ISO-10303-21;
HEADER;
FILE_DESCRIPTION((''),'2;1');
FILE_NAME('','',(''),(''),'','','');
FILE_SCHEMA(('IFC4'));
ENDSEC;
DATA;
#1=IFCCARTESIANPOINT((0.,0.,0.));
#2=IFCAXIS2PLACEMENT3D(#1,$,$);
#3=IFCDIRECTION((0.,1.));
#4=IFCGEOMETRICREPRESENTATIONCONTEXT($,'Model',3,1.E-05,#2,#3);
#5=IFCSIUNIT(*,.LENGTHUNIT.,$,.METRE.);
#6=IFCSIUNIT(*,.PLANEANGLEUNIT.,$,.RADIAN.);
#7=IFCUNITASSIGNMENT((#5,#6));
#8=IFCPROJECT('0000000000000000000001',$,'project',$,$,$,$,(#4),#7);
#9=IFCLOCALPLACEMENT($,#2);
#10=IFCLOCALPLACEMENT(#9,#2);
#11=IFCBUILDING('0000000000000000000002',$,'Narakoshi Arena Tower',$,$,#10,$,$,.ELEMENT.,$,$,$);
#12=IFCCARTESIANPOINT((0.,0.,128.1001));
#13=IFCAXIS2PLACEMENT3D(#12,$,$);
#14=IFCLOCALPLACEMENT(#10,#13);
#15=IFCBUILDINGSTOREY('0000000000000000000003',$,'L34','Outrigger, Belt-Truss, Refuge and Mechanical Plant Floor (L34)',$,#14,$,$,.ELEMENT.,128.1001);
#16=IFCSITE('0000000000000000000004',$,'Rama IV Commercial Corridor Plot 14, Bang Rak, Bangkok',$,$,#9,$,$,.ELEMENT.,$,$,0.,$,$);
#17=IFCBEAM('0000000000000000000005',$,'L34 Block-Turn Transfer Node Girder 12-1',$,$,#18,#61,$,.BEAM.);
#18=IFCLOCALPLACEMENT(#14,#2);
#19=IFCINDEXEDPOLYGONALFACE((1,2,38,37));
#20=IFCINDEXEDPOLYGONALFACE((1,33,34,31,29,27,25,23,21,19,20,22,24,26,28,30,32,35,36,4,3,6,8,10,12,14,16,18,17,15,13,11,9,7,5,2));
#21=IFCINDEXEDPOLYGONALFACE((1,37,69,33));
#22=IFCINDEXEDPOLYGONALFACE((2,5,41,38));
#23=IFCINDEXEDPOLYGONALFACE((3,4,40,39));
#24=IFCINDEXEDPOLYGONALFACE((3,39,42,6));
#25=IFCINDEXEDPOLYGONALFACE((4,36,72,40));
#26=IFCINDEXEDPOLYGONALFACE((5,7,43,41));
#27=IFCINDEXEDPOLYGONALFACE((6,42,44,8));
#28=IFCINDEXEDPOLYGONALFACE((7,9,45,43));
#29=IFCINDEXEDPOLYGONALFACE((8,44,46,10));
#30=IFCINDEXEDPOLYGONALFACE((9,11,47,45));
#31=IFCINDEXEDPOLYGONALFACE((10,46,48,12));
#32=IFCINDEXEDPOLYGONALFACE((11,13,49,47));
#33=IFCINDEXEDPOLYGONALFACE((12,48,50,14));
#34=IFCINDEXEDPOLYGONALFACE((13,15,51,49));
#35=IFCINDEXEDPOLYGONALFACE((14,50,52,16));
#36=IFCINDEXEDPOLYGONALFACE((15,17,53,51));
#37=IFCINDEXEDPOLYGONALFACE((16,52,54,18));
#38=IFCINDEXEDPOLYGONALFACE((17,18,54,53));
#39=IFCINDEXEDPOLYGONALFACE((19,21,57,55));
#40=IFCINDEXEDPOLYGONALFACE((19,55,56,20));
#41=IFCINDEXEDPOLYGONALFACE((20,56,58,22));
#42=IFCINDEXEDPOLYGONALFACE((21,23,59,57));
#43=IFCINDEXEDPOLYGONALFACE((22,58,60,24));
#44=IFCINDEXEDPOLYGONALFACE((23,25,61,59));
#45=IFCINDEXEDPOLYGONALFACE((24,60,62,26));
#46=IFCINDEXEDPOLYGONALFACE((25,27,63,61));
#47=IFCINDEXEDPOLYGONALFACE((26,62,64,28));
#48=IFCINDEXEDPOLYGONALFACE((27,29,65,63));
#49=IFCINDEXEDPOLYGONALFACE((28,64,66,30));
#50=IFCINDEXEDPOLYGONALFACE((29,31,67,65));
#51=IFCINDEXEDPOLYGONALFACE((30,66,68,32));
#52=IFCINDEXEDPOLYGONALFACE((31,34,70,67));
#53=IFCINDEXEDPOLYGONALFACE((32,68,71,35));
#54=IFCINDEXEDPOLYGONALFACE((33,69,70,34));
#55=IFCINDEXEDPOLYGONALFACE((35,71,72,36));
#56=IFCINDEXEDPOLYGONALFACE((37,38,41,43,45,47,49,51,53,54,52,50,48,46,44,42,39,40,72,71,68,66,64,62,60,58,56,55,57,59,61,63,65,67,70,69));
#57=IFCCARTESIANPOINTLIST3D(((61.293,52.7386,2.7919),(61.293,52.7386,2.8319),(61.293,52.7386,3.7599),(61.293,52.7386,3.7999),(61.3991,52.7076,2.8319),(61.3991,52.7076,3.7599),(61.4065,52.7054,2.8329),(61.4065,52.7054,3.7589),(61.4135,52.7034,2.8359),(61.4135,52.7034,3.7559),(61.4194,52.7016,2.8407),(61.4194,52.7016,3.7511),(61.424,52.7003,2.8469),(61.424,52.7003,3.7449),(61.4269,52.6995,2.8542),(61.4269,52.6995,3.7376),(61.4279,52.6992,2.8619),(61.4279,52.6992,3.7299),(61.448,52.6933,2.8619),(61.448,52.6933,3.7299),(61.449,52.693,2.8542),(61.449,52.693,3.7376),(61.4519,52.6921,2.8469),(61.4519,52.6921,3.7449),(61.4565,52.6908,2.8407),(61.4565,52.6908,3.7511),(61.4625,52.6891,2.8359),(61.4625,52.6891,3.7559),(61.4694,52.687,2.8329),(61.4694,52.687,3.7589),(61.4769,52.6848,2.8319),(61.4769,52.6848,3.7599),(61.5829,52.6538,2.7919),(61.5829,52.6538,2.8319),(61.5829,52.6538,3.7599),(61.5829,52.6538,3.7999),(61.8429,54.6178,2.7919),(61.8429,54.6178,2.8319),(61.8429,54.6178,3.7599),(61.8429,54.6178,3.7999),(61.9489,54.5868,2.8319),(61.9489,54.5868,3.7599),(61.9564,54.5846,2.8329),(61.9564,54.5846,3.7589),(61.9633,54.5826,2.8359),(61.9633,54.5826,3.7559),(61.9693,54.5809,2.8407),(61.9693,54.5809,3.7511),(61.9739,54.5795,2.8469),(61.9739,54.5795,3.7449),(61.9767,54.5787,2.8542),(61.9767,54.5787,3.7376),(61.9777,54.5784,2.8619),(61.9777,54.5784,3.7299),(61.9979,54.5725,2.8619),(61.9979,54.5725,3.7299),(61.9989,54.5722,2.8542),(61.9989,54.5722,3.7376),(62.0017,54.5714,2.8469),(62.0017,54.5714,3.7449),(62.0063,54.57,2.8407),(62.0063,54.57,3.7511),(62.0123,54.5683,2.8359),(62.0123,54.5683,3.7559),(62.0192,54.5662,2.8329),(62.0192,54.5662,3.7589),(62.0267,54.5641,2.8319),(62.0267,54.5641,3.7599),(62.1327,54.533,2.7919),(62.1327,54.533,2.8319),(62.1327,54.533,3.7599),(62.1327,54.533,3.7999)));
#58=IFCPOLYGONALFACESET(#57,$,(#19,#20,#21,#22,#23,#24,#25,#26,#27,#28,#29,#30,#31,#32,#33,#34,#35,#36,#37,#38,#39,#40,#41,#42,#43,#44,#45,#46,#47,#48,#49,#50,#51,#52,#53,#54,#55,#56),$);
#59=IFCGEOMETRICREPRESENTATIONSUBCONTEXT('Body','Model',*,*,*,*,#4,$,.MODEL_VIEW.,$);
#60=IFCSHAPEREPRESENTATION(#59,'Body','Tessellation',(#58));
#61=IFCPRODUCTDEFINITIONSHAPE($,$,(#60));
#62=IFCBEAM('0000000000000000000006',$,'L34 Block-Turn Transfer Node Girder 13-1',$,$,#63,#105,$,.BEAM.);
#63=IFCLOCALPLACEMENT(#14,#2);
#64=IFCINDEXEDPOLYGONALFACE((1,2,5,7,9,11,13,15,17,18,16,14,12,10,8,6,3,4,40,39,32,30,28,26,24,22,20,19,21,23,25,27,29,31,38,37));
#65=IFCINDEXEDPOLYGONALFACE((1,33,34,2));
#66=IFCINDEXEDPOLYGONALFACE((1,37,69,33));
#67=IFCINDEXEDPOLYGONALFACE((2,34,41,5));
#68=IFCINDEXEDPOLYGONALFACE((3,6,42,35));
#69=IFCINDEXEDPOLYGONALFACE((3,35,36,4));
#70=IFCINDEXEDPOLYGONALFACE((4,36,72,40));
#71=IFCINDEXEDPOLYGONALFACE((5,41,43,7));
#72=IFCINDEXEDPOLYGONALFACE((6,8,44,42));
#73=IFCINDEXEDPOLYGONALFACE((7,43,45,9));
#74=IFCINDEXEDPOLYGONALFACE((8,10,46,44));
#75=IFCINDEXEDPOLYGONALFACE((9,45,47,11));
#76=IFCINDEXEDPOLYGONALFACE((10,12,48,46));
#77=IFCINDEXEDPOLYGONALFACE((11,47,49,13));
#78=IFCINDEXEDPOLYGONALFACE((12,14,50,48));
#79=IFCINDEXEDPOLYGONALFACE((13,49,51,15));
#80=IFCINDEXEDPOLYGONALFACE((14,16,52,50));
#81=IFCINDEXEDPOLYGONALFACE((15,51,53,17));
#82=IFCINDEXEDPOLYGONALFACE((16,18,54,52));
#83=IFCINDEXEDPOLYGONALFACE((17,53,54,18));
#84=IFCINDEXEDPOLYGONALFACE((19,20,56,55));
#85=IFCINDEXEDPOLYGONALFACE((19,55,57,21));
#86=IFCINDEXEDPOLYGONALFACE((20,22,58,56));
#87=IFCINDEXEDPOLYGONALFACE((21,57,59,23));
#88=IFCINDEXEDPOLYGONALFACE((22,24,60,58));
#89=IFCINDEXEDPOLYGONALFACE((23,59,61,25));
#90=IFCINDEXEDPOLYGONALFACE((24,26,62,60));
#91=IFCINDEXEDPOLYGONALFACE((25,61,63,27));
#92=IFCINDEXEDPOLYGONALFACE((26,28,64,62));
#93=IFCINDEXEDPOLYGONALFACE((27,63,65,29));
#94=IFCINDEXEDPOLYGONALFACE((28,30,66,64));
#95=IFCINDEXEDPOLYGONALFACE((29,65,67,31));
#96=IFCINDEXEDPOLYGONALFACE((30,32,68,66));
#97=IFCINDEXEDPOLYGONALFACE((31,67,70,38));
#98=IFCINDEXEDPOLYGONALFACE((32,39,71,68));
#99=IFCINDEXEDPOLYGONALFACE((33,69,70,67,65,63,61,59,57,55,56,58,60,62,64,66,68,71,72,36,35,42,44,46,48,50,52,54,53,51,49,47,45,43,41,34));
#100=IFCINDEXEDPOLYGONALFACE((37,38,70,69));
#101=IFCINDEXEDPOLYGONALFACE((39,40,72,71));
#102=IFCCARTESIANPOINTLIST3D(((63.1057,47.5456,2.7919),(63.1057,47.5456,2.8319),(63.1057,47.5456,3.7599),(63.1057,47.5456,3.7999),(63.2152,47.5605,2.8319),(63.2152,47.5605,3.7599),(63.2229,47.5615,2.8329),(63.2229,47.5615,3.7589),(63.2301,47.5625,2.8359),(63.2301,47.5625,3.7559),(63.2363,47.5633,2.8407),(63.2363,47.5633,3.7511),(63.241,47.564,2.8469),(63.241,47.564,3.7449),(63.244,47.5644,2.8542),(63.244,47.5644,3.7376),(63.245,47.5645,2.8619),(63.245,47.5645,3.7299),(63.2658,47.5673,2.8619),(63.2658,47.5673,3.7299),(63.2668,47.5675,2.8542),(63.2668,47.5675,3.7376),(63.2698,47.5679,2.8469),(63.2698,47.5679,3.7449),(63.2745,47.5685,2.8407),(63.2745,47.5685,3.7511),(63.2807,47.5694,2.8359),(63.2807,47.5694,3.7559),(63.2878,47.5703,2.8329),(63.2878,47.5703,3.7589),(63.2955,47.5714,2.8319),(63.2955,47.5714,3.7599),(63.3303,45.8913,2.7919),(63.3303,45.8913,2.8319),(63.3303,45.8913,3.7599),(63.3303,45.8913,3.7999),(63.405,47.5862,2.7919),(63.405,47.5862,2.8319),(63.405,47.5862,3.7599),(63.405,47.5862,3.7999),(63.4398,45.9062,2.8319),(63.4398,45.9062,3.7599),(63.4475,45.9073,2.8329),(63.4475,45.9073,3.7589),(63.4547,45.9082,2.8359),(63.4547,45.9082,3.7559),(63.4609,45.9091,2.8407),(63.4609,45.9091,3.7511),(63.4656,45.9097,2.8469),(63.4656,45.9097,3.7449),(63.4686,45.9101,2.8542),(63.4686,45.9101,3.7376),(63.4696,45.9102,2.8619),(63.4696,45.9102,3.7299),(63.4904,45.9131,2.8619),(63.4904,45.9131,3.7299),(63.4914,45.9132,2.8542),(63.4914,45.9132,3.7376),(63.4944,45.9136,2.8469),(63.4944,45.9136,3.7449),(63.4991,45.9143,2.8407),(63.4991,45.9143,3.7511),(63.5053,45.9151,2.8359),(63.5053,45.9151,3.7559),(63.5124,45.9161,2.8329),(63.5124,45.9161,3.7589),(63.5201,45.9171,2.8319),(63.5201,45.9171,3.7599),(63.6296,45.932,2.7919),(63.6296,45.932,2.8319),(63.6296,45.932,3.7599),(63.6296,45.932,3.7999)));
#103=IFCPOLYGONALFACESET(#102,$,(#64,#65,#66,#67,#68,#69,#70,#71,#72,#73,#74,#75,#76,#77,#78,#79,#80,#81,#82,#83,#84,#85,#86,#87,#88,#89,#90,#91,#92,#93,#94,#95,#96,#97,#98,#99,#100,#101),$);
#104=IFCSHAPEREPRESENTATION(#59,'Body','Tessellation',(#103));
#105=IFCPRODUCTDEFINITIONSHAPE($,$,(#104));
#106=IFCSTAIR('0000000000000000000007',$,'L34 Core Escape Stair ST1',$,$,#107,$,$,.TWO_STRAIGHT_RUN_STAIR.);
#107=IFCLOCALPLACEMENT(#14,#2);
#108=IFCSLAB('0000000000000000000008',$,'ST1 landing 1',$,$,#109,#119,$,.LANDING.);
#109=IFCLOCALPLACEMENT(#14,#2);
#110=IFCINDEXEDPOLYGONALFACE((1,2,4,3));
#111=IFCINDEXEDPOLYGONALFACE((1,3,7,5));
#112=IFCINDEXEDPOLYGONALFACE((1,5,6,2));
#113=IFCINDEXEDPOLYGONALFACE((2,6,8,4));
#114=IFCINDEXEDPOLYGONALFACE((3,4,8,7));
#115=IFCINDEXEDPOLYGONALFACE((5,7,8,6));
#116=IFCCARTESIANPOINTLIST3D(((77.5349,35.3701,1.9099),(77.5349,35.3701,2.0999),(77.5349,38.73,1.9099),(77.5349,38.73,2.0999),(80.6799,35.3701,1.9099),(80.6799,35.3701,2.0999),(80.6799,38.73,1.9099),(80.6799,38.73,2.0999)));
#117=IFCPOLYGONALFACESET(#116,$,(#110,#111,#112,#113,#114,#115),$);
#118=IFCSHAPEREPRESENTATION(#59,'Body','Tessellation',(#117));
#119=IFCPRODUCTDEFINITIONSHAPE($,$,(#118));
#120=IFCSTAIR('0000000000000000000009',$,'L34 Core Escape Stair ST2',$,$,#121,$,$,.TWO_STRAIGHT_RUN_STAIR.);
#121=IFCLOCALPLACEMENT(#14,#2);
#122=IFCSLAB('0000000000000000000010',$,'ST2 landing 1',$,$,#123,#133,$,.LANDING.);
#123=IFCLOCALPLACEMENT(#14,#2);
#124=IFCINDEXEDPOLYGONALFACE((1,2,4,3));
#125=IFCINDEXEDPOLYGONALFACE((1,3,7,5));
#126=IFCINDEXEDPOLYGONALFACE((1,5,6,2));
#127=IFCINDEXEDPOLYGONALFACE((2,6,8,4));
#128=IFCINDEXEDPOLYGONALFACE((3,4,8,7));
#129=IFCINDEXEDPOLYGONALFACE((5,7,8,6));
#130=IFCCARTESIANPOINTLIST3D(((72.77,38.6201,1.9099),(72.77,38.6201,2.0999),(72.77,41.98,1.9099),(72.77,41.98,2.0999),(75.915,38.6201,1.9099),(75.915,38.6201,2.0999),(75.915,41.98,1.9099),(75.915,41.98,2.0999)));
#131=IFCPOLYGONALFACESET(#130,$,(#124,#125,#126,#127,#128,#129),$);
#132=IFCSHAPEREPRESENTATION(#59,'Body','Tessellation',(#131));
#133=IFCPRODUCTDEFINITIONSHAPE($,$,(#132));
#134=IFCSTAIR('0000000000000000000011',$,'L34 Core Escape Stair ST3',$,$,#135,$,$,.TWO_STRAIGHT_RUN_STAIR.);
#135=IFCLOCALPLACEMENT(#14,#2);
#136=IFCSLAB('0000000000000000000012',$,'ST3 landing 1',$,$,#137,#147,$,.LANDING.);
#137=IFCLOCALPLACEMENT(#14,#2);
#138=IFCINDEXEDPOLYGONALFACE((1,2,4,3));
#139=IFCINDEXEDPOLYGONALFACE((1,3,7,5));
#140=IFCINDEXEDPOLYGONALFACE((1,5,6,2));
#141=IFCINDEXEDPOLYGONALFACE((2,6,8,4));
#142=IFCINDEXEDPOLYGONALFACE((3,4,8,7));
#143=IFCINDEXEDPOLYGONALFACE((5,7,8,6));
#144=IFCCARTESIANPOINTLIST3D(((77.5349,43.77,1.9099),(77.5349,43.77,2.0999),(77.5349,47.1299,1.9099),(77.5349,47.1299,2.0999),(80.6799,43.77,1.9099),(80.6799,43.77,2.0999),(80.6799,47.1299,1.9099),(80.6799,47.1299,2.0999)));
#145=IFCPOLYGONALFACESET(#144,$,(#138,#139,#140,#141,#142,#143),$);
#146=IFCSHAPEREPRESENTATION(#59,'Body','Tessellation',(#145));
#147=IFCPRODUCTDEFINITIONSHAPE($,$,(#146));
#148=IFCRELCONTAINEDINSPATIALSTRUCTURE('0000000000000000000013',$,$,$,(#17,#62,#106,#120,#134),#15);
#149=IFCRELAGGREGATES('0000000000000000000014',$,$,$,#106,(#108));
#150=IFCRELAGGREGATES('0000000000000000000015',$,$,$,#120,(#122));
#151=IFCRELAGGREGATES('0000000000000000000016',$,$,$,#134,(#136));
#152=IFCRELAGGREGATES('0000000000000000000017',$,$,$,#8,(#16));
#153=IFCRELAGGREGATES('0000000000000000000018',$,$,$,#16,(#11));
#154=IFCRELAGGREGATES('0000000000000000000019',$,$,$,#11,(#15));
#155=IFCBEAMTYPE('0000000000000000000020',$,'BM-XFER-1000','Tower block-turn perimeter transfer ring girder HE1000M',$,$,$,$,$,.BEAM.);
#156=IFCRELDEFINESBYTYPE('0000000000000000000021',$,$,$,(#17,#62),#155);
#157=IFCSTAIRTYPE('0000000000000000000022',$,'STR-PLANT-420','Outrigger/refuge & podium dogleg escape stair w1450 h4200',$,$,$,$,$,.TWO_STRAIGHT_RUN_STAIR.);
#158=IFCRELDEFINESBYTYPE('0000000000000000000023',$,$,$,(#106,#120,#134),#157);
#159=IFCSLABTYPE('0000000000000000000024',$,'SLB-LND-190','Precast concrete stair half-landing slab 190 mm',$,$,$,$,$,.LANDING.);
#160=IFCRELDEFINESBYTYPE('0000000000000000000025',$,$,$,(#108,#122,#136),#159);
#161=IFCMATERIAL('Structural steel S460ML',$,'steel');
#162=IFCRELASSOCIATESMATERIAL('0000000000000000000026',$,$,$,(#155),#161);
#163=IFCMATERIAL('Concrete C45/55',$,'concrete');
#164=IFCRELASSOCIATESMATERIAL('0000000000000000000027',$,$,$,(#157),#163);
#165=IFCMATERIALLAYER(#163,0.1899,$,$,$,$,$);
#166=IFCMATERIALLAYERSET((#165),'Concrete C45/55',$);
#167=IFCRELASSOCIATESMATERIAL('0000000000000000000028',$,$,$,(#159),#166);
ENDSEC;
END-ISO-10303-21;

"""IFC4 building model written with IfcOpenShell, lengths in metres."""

from ifc_helpers import new_model, si_unit, direction, frame, origin, origin_2d, place, context, subcontext, project, spatial, polyline, i_section, outline, extrude, material, layer, layer_set, material_profile, profile_set, type_object, element, aggregate, save


model = new_model("IFC4")

# Units and contexts
model_context = context("Model", 3, precision=1e-05, world=origin(), true_north=direction((0.0, 1.0)))
body_context = subcontext(model_context, "Body", "Model", "MODEL_VIEW")
ifc_project = project(units=[si_unit("LENGTHUNIT", "METRE"), si_unit("PLANEANGLEUNIT", "RADIAN")], contexts=[model_context])

# Site, building, storey
site_placement = place(None, origin())
site = spatial("IfcSite", under=ifc_project, at=site_placement, Name="Rama IV Commercial Corridor Plot 14, Bang Rak, Bangkok", CompositionType="ELEMENT", RefElevation=0.0)
building_placement = place(site_placement, origin())
building = spatial("IfcBuilding", under=site, at=building_placement, Name="Narakoshi Arena Tower", CompositionType="ELEMENT")
storey_placement = place(building_placement, frame((0.0, 0.0, 128.1001)))
storey = spatial("IfcBuildingStorey", under=building, at=storey_placement, Name="L34", Description="Outrigger, Belt-Truss, Refuge and Mechanical Plant Floor (L34)", CompositionType="ELEMENT", Elevation=128.1001)

# Shared definitions
ifc_material_1 = material(Name="Structural steel S460ML", Category="steel")

# Beams
ifc_material_profile_1 = material_profile(ifc_material_1, i_section(OverallWidth=0.302, OverallDepth=1.0081, WebThickness=0.021, FlangeThickness=0.04, FilletRadius=0.03, at=origin_2d()), Name="HE1000M")
ifc_profile_set_1 = profile_set([ifc_material_profile_1], Name="Structural steel S460ML")
beam_type = type_object("IfcBeamType", Name="BM-XFER-1000", Description="Tower block-turn perimeter transfer ring girder HE1000M", PredefinedType="BEAM", material=ifc_profile_set_1)
beam_1_placement = place(storey_placement, frame((61.9878, 54.5754, 3.2959), z_axis=(-0.280809, -0.959764, 0.0), x_axis=(0.959764, -0.280809, 0.0)))
element("IfcBeam", 1, at=beam_1_placement, inside=storey, type_object=beam_type, Name="L34 Block-Turn Transfer Node Girder 12-1", PredefinedType="BEAM", context=body_context, shape_type="SweptSolid", body=[
    extrude(i_section(OverallWidth=0.302, OverallDepth=1.0081, WebThickness=0.021, FlangeThickness=0.04, FilletRadius=0.03, at=origin_2d()), origin(), (0.0, 0.0, 1.0), 1.958),
])
beam_2_placement = place(storey_placement, frame((63.2554, 47.5659, 3.2959), z_axis=(0.134539, -0.990908, 0.0), x_axis=(0.990908, 0.134539, 0.0)))
element("IfcBeam", 2, at=beam_2_placement, inside=storey, type_object=beam_type, Name="L34 Block-Turn Transfer Node Girder 13-1", PredefinedType="BEAM", context=body_context, shape_type="SweptSolid", body=[
    extrude(i_section(OverallWidth=0.302, OverallDepth=1.0081, WebThickness=0.021, FlangeThickness=0.04, FilletRadius=0.03, at=origin_2d()), origin(), (0.0, 0.0, 1.0), 1.6694),
])

# Stairs, slabs
ifc_material_2 = material(Name="Concrete C45/55", Category="concrete")
stair_type = type_object("IfcStairType", Name="STR-PLANT-420", Description="Outrigger/refuge & podium dogleg escape stair w1450 h4200", PredefinedType="TWO_STRAIGHT_RUN_STAIR", material=ifc_material_2)
stair_1_placement = place(storey_placement, origin())
stair_1 = element("IfcStair", 3, at=stair_1_placement, inside=storey, type_object=stair_type, Name="L34 Core Escape Stair ST1", PredefinedType="TWO_STRAIGHT_RUN_STAIR")
ifc_layer_1 = layer(ifc_material_2, 0.1899)
ifc_layer_set_1 = layer_set([ifc_layer_1], Name="Concrete C45/55")
slab_type_1 = type_object("IfcSlabType", Name="SLB-LND-190", Description="Precast concrete stair half-landing slab 190 mm", PredefinedType="LANDING", material=ifc_layer_set_1)
slab_1_placement = place(storey_placement, frame((0.0, 0.0, 1.9099)))
slab_1 = element("IfcSlab", 4, at=slab_1_placement, type_object=slab_type_1, Name="ST1 landing 1", PredefinedType="LANDING", context=body_context, shape_type="SweptSolid", body=[
    extrude(outline(polyline([(77.5349, 35.3701), (80.6799, 35.3701), (80.6799, 38.73), (77.5349, 38.73), (77.5349, 35.3701)])), origin(), (0.0, 0.0, 1.0), 0.1899),
])
aggregate(stair_1, [slab_1])
stair_2_placement = place(storey_placement, origin())
stair_2 = element("IfcStair", 5, at=stair_2_placement, inside=storey, type_object=stair_type, Name="L34 Core Escape Stair ST2", PredefinedType="TWO_STRAIGHT_RUN_STAIR")
slab_2_placement = place(storey_placement, frame((0.0, 0.0, 1.9099)))
slab_2 = element("IfcSlab", 6, at=slab_2_placement, type_object=slab_type_1, Name="ST2 landing 1", PredefinedType="LANDING", context=body_context, shape_type="SweptSolid", body=[
    extrude(outline(polyline([(72.77, 38.6201), (75.915, 38.6201), (75.915, 41.98), (72.77, 41.98), (72.77, 38.6201)])), origin(), (0.0, 0.0, 1.0), 0.1899),
])
aggregate(stair_2, [slab_2])
stair_3_placement = place(storey_placement, origin())
stair_3 = element("IfcStair", 7, at=stair_3_placement, inside=storey, type_object=stair_type, Name="L34 Core Escape Stair ST3", PredefinedType="TWO_STRAIGHT_RUN_STAIR")
slab_3_placement = place(storey_placement, frame((0.0, 0.0, 1.9099)))
slab_3 = element("IfcSlab", 8, at=slab_3_placement, type_object=slab_type_1, Name="ST3 landing 1", PredefinedType="LANDING", context=body_context, shape_type="SweptSolid", body=[
    extrude(outline(polyline([(77.5349, 43.77), (80.6799, 43.77), (80.6799, 47.1299), (77.5349, 47.1299), (77.5349, 43.77)])), origin(), (0.0, 0.0, 1.0), 0.1899),
])
aggregate(stair_3, [slab_3])

save(model, "model.ifc")
